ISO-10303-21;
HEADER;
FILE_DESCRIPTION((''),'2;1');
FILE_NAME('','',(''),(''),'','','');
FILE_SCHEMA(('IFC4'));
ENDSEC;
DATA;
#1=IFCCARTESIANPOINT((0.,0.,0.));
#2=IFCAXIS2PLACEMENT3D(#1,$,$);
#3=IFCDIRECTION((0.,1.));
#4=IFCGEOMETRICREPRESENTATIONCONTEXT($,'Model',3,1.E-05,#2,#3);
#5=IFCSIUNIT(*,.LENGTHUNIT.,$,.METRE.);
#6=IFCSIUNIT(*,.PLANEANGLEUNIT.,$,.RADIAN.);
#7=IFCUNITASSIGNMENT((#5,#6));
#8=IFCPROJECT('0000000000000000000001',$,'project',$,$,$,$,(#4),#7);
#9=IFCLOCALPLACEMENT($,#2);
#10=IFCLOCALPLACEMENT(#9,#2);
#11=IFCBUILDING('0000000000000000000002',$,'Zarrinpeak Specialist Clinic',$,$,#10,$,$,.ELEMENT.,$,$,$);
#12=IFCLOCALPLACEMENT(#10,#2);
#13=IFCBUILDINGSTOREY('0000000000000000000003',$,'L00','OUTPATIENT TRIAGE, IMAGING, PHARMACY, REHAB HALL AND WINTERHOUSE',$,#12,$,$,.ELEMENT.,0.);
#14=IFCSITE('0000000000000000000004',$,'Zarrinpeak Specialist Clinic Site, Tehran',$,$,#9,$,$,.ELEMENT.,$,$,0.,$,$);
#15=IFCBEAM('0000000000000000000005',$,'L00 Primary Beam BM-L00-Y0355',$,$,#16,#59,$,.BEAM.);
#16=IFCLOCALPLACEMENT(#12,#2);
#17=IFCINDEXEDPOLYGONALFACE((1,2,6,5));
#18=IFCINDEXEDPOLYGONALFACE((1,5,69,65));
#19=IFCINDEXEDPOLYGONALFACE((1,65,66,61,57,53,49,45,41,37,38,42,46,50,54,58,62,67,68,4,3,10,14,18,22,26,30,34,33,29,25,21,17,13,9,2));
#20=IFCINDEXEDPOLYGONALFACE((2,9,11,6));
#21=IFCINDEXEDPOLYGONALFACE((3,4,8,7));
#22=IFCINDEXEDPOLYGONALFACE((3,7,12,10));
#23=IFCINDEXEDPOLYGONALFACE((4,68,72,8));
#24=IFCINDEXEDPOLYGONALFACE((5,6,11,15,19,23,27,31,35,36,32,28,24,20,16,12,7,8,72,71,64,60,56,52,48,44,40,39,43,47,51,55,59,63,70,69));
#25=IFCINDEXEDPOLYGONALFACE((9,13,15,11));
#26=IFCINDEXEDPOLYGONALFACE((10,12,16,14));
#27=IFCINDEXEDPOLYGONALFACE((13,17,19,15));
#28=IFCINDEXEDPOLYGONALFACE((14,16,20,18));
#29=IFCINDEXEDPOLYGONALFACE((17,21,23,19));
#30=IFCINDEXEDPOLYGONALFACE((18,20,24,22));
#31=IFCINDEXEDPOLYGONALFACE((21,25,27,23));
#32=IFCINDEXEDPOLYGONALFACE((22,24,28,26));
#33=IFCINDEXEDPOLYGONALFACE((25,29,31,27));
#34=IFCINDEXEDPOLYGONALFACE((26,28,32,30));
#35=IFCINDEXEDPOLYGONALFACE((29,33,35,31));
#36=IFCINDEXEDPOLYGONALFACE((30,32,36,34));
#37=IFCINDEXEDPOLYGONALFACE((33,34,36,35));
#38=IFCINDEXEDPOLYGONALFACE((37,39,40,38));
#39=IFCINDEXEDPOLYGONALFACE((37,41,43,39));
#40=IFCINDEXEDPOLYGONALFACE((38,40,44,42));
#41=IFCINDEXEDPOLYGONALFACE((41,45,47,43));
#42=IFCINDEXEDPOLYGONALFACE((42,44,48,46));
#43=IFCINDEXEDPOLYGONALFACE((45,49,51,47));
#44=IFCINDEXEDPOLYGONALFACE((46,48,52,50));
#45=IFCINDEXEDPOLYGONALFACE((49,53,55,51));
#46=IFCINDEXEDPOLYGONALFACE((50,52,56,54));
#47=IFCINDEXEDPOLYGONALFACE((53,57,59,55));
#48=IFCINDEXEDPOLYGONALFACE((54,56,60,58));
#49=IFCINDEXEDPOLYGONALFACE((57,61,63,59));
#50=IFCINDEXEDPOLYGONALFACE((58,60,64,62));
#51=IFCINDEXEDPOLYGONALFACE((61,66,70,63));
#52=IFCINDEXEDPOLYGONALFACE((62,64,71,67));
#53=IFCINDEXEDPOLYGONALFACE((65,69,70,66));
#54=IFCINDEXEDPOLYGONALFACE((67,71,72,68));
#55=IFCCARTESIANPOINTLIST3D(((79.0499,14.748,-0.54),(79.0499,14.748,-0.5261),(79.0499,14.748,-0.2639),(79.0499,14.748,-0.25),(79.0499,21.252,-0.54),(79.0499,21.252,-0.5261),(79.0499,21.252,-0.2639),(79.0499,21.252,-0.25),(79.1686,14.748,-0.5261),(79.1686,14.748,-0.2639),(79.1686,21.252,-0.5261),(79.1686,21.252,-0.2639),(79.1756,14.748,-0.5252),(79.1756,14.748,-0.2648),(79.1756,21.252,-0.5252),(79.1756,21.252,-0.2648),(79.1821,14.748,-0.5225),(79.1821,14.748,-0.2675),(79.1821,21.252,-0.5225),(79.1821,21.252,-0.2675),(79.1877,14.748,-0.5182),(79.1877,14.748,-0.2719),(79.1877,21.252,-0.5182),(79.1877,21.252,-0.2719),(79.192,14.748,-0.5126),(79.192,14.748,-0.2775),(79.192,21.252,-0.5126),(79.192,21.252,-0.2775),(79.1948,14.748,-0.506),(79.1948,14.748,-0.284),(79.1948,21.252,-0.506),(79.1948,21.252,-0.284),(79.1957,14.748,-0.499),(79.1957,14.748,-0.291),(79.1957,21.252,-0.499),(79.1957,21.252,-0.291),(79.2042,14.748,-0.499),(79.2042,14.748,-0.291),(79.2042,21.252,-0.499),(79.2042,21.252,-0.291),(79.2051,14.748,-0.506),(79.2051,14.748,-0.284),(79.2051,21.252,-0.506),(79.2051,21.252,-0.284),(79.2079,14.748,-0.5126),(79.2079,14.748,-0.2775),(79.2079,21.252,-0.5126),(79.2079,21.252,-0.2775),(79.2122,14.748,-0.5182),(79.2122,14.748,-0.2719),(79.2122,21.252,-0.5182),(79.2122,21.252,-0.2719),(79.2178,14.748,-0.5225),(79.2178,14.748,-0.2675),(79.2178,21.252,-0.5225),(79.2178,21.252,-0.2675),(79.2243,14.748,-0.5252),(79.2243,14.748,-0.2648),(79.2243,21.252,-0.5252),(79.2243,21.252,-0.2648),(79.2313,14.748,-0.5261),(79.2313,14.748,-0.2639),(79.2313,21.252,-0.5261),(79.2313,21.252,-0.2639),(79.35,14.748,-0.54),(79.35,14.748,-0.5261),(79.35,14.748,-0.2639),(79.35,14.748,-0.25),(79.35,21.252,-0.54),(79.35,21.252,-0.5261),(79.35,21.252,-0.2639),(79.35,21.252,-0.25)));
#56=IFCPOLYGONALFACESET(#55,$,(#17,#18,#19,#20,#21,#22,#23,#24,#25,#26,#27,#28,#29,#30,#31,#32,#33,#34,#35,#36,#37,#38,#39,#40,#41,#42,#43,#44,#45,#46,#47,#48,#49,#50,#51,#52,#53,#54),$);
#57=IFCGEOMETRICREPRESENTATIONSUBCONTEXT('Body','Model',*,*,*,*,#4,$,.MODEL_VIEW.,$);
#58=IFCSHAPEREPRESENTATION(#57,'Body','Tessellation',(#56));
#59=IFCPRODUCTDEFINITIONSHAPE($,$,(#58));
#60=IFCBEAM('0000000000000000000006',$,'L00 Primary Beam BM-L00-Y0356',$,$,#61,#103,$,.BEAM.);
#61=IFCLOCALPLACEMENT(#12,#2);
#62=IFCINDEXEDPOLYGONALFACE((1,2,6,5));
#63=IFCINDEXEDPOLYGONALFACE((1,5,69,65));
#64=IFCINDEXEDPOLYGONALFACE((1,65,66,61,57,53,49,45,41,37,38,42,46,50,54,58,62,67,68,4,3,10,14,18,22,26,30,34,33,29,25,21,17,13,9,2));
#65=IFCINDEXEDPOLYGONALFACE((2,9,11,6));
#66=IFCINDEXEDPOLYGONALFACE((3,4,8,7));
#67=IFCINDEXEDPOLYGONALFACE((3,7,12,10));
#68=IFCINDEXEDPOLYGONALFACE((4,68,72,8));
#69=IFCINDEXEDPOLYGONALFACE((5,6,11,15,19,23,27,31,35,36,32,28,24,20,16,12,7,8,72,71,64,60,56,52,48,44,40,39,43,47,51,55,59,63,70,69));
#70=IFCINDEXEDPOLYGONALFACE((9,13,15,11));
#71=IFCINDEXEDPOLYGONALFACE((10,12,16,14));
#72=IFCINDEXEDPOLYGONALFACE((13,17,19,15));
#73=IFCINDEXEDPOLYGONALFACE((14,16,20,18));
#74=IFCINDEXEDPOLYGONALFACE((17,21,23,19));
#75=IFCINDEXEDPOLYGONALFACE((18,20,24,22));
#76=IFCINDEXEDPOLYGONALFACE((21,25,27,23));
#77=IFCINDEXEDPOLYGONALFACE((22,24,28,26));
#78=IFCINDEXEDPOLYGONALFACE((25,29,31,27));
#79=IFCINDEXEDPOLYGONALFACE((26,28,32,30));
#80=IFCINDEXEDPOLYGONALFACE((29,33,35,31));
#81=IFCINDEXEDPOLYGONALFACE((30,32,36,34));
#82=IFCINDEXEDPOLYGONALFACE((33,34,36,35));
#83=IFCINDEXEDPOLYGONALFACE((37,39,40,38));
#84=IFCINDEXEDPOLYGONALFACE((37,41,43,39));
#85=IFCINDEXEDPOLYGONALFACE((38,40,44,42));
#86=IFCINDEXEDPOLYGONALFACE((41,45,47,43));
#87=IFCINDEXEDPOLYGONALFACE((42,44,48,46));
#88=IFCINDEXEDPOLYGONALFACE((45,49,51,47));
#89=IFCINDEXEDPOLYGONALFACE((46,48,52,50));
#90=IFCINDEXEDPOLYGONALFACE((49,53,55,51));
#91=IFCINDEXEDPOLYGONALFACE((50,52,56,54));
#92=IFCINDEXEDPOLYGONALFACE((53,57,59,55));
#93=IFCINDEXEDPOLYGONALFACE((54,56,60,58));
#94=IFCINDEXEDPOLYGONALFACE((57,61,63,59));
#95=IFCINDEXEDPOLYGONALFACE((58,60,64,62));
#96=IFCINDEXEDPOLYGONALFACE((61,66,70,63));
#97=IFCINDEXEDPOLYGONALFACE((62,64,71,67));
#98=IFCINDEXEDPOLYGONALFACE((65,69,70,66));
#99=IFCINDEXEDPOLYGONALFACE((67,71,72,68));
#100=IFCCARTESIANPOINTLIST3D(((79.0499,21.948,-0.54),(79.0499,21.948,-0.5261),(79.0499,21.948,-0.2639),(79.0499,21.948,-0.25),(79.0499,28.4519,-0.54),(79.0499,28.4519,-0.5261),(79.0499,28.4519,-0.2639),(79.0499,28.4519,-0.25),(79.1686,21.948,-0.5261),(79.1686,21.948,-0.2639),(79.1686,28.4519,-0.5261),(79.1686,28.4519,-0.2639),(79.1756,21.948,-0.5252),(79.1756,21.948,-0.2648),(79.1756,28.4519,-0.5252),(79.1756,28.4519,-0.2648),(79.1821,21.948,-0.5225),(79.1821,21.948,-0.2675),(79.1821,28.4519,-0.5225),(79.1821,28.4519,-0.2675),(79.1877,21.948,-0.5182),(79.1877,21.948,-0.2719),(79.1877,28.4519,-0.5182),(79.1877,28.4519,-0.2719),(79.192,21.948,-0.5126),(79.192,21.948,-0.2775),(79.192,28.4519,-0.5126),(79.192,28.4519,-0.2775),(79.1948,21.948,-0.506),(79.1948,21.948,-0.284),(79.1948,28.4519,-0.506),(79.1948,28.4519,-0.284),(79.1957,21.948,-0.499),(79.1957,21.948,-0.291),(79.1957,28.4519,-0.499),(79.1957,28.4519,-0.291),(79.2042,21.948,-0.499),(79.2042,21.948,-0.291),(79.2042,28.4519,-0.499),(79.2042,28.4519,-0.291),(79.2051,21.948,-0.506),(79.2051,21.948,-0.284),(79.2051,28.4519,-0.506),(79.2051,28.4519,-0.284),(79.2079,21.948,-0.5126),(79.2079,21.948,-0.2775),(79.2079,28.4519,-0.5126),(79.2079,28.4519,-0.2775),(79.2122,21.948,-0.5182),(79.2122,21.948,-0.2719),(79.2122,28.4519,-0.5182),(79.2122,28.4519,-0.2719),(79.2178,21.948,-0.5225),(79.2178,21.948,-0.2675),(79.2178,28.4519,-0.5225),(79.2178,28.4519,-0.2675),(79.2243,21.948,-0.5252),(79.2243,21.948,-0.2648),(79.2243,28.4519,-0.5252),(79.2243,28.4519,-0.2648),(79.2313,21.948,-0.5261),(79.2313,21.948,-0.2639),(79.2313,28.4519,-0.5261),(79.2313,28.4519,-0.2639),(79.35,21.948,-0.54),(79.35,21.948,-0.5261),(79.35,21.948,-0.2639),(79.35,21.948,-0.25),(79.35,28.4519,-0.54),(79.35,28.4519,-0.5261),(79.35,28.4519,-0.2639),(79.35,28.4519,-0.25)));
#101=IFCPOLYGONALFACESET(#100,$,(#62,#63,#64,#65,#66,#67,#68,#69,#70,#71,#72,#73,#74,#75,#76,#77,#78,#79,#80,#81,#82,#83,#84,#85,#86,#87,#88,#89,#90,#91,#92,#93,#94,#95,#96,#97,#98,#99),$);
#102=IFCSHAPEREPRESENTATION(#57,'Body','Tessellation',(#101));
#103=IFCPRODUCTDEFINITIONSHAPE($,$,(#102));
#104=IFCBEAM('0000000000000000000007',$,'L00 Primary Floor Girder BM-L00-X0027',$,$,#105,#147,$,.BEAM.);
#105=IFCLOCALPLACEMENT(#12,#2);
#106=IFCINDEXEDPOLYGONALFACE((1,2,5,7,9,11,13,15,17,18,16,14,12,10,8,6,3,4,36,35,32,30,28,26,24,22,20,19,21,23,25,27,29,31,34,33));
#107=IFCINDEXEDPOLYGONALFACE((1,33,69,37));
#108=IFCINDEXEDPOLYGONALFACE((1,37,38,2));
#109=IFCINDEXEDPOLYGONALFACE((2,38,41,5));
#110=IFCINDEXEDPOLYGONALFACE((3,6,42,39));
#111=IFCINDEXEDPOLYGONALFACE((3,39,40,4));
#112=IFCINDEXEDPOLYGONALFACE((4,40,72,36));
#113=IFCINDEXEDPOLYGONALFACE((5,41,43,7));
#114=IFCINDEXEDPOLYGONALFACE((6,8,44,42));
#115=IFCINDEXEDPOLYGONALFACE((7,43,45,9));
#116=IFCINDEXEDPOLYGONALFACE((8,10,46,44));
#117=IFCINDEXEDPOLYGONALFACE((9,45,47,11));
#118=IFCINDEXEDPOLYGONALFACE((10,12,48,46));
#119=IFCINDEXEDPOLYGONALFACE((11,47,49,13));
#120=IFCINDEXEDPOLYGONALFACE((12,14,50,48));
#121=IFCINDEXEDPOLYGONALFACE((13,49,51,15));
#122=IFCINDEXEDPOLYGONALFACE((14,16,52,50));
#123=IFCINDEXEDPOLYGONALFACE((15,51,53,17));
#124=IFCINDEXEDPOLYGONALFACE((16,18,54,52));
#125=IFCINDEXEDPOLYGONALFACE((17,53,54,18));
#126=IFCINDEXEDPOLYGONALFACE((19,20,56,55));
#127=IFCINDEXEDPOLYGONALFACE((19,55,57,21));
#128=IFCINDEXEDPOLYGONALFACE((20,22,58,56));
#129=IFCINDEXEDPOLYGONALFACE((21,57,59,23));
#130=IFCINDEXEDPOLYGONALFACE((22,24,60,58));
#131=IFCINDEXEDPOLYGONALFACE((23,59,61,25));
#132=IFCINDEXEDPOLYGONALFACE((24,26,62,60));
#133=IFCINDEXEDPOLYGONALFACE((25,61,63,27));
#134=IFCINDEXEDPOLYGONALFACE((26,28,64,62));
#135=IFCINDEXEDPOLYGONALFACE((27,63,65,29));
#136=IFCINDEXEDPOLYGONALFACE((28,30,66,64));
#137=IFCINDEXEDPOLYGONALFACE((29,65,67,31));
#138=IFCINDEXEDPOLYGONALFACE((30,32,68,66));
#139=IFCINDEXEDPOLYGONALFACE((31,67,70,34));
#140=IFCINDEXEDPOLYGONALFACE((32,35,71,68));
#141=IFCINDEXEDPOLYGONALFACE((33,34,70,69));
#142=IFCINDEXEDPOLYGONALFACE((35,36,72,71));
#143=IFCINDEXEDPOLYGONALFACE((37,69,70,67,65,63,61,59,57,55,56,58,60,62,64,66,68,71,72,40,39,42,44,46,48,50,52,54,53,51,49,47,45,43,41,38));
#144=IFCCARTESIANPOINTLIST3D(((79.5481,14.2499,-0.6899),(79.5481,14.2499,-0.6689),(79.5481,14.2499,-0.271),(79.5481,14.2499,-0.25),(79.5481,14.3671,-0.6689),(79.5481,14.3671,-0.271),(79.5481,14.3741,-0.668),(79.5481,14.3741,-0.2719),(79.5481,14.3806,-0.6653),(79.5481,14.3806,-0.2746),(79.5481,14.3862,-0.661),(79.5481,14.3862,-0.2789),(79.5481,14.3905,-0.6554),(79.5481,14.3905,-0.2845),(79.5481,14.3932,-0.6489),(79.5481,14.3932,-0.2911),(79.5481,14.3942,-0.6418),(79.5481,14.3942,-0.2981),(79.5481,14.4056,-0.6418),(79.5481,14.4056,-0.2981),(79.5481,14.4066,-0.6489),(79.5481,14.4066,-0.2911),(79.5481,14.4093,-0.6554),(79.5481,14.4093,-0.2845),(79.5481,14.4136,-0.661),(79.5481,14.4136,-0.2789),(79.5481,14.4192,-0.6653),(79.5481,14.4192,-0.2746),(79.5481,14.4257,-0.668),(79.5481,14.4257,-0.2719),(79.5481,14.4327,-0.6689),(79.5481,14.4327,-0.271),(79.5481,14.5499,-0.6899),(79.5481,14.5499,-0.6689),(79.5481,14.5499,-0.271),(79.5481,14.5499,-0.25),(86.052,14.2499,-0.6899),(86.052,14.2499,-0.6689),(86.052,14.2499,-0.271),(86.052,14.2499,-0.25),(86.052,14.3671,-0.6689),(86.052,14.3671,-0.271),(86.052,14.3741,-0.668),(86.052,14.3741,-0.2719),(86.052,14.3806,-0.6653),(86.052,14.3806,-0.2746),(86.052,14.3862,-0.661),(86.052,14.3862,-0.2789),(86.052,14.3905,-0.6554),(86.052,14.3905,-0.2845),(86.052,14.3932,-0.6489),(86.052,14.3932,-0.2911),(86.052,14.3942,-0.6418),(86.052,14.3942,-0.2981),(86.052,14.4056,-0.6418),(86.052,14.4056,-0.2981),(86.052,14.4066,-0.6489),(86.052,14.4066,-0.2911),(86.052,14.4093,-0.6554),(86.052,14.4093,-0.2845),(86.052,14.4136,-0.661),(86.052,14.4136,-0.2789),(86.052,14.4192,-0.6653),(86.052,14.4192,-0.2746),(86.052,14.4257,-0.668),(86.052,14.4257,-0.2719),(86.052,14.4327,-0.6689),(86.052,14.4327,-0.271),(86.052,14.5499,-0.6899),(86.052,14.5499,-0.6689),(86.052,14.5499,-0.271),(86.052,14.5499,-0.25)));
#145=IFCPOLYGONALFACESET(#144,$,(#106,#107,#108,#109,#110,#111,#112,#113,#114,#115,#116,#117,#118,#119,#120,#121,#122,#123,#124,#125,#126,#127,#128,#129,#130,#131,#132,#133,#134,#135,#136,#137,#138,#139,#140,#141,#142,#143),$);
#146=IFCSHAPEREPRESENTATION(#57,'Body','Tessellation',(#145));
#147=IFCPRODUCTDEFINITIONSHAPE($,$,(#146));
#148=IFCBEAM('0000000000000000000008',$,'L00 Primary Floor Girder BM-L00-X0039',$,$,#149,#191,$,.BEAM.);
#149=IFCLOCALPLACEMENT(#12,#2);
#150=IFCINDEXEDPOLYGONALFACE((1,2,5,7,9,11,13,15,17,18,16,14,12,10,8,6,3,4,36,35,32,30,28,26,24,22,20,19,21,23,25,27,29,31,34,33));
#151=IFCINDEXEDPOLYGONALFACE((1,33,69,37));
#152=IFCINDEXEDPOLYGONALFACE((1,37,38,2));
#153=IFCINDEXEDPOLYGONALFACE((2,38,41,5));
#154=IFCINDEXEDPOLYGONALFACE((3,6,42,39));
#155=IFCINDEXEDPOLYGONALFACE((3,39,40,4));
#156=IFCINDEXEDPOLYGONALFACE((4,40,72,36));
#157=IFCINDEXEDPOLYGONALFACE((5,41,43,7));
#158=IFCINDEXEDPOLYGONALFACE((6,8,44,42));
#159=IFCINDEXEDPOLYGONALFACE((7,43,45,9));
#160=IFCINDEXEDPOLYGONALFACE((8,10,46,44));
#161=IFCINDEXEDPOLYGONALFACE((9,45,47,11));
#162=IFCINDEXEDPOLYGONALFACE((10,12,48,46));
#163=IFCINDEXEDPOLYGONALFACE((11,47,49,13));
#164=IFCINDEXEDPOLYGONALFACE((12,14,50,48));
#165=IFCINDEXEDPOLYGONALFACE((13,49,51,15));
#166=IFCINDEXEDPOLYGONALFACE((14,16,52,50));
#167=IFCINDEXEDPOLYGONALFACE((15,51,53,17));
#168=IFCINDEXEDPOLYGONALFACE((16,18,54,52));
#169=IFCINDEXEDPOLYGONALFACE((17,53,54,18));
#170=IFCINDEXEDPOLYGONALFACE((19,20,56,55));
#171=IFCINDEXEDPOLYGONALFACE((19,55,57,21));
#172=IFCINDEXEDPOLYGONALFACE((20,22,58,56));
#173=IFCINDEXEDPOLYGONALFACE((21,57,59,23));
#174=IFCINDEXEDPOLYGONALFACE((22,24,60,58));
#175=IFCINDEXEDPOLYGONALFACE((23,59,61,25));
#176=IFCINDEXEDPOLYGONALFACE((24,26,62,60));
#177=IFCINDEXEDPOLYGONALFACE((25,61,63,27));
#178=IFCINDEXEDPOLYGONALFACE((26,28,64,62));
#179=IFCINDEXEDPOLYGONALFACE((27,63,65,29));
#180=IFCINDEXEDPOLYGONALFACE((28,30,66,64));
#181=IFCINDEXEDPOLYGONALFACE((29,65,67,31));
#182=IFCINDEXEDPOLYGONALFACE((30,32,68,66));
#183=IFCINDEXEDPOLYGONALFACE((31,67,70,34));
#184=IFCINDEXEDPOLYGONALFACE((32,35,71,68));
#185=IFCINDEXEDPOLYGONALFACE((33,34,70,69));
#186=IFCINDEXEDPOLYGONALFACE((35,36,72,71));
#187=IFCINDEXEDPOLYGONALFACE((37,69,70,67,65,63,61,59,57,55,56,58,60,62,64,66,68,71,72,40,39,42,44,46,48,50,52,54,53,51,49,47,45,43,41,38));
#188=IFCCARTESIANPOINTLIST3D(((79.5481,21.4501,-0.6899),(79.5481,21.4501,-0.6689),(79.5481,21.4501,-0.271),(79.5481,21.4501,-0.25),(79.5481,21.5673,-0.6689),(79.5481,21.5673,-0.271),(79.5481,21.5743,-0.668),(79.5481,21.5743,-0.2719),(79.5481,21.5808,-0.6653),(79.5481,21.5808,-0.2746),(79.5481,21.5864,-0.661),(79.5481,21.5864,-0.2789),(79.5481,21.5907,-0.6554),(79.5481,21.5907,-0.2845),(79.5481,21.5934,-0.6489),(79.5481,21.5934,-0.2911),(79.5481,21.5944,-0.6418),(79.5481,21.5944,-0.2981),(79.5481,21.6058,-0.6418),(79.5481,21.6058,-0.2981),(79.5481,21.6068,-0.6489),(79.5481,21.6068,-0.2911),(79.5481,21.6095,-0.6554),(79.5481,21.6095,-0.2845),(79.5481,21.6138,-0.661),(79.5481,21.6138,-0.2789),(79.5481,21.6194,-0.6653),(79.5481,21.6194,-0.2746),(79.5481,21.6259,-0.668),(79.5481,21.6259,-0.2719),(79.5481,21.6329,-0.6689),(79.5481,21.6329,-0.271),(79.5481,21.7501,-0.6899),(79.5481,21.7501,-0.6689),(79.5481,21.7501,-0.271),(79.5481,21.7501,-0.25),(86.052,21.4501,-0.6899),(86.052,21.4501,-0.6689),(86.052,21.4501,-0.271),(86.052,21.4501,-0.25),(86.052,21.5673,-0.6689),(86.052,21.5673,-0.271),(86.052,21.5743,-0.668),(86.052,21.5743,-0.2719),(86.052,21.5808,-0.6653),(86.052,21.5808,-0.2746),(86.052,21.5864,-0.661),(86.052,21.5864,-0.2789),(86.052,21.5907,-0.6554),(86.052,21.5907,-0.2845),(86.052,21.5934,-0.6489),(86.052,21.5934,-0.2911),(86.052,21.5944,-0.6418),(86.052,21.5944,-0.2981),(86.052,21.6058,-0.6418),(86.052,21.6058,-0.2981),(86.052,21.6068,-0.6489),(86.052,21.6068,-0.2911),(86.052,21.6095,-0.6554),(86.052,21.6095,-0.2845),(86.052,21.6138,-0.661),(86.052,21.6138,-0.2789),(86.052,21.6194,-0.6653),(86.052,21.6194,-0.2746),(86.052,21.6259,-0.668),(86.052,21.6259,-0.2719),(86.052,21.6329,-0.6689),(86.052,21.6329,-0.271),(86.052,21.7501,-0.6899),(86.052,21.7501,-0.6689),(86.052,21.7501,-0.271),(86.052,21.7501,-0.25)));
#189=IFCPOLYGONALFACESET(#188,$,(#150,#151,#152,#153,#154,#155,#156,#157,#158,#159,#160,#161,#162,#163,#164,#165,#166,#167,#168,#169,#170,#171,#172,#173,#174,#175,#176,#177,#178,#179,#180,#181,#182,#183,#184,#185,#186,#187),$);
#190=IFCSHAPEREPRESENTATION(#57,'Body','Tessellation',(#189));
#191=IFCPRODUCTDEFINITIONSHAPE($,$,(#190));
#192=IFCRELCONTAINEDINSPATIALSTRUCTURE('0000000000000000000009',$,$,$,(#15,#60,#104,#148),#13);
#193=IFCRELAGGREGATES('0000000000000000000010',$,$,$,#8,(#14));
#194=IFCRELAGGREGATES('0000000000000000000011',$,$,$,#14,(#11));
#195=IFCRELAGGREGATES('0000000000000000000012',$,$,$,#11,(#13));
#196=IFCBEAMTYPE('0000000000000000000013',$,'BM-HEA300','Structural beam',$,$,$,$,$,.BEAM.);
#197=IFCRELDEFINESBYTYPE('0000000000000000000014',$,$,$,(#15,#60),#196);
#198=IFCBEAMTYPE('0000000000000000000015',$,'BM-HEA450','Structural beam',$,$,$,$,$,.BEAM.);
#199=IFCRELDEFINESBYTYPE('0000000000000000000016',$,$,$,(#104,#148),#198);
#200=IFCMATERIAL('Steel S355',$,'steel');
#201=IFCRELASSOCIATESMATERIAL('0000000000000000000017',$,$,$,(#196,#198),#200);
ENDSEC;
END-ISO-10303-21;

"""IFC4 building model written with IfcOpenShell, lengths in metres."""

from ifc_helpers import new_model, si_unit, direction, frame, origin, origin_2d, place, context, subcontext, project, spatial, i_section, extrude, material, material_profile, profile_set, type_object, element, save


model = new_model("IFC4")

# Units and contexts
model_context = context("Model", 3, precision=1e-05, world=origin(), true_north=direction((0.0, 1.0)))
body_context = subcontext(model_context, "Body", "Model", "MODEL_VIEW")
ifc_project = project(units=[si_unit("LENGTHUNIT", "METRE"), si_unit("PLANEANGLEUNIT", "RADIAN")], contexts=[model_context])

# Site, building, storey
site_placement = place(None, origin())
site = spatial("IfcSite", under=ifc_project, at=site_placement, Name="Zarrinpeak Specialist Clinic Site, Tehran", CompositionType="ELEMENT", RefElevation=0.0)
building_placement = place(site_placement, origin())
building = spatial("IfcBuilding", under=site, at=building_placement, Name="Zarrinpeak Specialist Clinic", CompositionType="ELEMENT")
storey_placement = place(building_placement, origin())
storey = spatial("IfcBuildingStorey", under=building, at=storey_placement, Name="L00", Description="OUTPATIENT TRIAGE, IMAGING, PHARMACY, REHAB HALL AND WINTERHOUSE", CompositionType="ELEMENT", Elevation=0.0)

# Shared definitions
ifc_material_1 = material(Name="Steel S355", Category="steel")

# Beams
ifc_material_profile_1 = material_profile(ifc_material_1, i_section(OverallWidth=0.3, OverallDepth=0.29, WebThickness=0.0085, FlangeThickness=0.0139, FilletRadius=0.0271, at=origin_2d()), Name="HEA 300")
ifc_profile_set_1 = profile_set([ifc_material_profile_1], Name="Steel S355")
beam_type_1 = type_object("IfcBeamType", Name="BM-HEA300", Description="Structural beam", PredefinedType="BEAM", material=ifc_profile_set_1)
for number, where, z_axis, x_axis, name in (
    (1, (79.2, 14.748, -0.395), (0.0, 1.0, 0.0), (-1.0, 0.0, 0.0), "L00 Primary Beam BM-L00-Y0355"),
    (2, (79.2, 21.948, -0.395), (0.0, 1.0, 0.0), (-1.0, 0.0, 0.0), "L00 Primary Beam BM-L00-Y0356"),
):
    element("IfcBeam", number, at=place(storey_placement, frame(where, z_axis=z_axis, x_axis=x_axis)), inside=storey, type_object=beam_type_1, Name=name, PredefinedType="BEAM", context=body_context, shape_type="SweptSolid", body=[
        extrude(i_section(OverallWidth=0.3, OverallDepth=0.29, WebThickness=0.0085, FlangeThickness=0.0139, FilletRadius=0.0271, at=origin_2d()), origin(), (0.0, 0.0, 1.0), 6.5039),
    ])
ifc_material_profile_2 = material_profile(ifc_material_1, i_section(OverallWidth=0.3, OverallDepth=0.4399, WebThickness=0.0115, FlangeThickness=0.021, FilletRadius=0.0271, at=origin_2d()), Name="HEA 450")
ifc_profile_set_2 = profile_set([ifc_material_profile_2], Name="Steel S355")
beam_type_2 = type_object("IfcBeamType", Name="BM-HEA450", Description="Structural beam", PredefinedType="BEAM", material=ifc_profile_set_2)
for number, where, z_axis, x_axis, name in (
    (3, (79.5481, 14.3999, -0.47), (1.0, 0.0, 0.0), (0.0, 1.0, 0.0), "L00 Primary Floor Girder BM-L00-X0027"),
    (4, (79.5481, 21.6001, -0.47), (1.0, 0.0, 0.0), (0.0, 1.0, 0.0), "L00 Primary Floor Girder BM-L00-X0039"),
):
    element("IfcBeam", number, at=place(storey_placement, frame(where, z_axis=z_axis, x_axis=x_axis)), inside=storey, type_object=beam_type_2, Name=name, PredefinedType="BEAM", context=body_context, shape_type="SweptSolid", body=[
        extrude(i_section(OverallWidth=0.3, OverallDepth=0.4399, WebThickness=0.0115, FlangeThickness=0.021, FilletRadius=0.0271, at=origin_2d()), origin(), (0.0, 0.0, 1.0), 6.5039),
    ])

save(model, "model.ifc")
